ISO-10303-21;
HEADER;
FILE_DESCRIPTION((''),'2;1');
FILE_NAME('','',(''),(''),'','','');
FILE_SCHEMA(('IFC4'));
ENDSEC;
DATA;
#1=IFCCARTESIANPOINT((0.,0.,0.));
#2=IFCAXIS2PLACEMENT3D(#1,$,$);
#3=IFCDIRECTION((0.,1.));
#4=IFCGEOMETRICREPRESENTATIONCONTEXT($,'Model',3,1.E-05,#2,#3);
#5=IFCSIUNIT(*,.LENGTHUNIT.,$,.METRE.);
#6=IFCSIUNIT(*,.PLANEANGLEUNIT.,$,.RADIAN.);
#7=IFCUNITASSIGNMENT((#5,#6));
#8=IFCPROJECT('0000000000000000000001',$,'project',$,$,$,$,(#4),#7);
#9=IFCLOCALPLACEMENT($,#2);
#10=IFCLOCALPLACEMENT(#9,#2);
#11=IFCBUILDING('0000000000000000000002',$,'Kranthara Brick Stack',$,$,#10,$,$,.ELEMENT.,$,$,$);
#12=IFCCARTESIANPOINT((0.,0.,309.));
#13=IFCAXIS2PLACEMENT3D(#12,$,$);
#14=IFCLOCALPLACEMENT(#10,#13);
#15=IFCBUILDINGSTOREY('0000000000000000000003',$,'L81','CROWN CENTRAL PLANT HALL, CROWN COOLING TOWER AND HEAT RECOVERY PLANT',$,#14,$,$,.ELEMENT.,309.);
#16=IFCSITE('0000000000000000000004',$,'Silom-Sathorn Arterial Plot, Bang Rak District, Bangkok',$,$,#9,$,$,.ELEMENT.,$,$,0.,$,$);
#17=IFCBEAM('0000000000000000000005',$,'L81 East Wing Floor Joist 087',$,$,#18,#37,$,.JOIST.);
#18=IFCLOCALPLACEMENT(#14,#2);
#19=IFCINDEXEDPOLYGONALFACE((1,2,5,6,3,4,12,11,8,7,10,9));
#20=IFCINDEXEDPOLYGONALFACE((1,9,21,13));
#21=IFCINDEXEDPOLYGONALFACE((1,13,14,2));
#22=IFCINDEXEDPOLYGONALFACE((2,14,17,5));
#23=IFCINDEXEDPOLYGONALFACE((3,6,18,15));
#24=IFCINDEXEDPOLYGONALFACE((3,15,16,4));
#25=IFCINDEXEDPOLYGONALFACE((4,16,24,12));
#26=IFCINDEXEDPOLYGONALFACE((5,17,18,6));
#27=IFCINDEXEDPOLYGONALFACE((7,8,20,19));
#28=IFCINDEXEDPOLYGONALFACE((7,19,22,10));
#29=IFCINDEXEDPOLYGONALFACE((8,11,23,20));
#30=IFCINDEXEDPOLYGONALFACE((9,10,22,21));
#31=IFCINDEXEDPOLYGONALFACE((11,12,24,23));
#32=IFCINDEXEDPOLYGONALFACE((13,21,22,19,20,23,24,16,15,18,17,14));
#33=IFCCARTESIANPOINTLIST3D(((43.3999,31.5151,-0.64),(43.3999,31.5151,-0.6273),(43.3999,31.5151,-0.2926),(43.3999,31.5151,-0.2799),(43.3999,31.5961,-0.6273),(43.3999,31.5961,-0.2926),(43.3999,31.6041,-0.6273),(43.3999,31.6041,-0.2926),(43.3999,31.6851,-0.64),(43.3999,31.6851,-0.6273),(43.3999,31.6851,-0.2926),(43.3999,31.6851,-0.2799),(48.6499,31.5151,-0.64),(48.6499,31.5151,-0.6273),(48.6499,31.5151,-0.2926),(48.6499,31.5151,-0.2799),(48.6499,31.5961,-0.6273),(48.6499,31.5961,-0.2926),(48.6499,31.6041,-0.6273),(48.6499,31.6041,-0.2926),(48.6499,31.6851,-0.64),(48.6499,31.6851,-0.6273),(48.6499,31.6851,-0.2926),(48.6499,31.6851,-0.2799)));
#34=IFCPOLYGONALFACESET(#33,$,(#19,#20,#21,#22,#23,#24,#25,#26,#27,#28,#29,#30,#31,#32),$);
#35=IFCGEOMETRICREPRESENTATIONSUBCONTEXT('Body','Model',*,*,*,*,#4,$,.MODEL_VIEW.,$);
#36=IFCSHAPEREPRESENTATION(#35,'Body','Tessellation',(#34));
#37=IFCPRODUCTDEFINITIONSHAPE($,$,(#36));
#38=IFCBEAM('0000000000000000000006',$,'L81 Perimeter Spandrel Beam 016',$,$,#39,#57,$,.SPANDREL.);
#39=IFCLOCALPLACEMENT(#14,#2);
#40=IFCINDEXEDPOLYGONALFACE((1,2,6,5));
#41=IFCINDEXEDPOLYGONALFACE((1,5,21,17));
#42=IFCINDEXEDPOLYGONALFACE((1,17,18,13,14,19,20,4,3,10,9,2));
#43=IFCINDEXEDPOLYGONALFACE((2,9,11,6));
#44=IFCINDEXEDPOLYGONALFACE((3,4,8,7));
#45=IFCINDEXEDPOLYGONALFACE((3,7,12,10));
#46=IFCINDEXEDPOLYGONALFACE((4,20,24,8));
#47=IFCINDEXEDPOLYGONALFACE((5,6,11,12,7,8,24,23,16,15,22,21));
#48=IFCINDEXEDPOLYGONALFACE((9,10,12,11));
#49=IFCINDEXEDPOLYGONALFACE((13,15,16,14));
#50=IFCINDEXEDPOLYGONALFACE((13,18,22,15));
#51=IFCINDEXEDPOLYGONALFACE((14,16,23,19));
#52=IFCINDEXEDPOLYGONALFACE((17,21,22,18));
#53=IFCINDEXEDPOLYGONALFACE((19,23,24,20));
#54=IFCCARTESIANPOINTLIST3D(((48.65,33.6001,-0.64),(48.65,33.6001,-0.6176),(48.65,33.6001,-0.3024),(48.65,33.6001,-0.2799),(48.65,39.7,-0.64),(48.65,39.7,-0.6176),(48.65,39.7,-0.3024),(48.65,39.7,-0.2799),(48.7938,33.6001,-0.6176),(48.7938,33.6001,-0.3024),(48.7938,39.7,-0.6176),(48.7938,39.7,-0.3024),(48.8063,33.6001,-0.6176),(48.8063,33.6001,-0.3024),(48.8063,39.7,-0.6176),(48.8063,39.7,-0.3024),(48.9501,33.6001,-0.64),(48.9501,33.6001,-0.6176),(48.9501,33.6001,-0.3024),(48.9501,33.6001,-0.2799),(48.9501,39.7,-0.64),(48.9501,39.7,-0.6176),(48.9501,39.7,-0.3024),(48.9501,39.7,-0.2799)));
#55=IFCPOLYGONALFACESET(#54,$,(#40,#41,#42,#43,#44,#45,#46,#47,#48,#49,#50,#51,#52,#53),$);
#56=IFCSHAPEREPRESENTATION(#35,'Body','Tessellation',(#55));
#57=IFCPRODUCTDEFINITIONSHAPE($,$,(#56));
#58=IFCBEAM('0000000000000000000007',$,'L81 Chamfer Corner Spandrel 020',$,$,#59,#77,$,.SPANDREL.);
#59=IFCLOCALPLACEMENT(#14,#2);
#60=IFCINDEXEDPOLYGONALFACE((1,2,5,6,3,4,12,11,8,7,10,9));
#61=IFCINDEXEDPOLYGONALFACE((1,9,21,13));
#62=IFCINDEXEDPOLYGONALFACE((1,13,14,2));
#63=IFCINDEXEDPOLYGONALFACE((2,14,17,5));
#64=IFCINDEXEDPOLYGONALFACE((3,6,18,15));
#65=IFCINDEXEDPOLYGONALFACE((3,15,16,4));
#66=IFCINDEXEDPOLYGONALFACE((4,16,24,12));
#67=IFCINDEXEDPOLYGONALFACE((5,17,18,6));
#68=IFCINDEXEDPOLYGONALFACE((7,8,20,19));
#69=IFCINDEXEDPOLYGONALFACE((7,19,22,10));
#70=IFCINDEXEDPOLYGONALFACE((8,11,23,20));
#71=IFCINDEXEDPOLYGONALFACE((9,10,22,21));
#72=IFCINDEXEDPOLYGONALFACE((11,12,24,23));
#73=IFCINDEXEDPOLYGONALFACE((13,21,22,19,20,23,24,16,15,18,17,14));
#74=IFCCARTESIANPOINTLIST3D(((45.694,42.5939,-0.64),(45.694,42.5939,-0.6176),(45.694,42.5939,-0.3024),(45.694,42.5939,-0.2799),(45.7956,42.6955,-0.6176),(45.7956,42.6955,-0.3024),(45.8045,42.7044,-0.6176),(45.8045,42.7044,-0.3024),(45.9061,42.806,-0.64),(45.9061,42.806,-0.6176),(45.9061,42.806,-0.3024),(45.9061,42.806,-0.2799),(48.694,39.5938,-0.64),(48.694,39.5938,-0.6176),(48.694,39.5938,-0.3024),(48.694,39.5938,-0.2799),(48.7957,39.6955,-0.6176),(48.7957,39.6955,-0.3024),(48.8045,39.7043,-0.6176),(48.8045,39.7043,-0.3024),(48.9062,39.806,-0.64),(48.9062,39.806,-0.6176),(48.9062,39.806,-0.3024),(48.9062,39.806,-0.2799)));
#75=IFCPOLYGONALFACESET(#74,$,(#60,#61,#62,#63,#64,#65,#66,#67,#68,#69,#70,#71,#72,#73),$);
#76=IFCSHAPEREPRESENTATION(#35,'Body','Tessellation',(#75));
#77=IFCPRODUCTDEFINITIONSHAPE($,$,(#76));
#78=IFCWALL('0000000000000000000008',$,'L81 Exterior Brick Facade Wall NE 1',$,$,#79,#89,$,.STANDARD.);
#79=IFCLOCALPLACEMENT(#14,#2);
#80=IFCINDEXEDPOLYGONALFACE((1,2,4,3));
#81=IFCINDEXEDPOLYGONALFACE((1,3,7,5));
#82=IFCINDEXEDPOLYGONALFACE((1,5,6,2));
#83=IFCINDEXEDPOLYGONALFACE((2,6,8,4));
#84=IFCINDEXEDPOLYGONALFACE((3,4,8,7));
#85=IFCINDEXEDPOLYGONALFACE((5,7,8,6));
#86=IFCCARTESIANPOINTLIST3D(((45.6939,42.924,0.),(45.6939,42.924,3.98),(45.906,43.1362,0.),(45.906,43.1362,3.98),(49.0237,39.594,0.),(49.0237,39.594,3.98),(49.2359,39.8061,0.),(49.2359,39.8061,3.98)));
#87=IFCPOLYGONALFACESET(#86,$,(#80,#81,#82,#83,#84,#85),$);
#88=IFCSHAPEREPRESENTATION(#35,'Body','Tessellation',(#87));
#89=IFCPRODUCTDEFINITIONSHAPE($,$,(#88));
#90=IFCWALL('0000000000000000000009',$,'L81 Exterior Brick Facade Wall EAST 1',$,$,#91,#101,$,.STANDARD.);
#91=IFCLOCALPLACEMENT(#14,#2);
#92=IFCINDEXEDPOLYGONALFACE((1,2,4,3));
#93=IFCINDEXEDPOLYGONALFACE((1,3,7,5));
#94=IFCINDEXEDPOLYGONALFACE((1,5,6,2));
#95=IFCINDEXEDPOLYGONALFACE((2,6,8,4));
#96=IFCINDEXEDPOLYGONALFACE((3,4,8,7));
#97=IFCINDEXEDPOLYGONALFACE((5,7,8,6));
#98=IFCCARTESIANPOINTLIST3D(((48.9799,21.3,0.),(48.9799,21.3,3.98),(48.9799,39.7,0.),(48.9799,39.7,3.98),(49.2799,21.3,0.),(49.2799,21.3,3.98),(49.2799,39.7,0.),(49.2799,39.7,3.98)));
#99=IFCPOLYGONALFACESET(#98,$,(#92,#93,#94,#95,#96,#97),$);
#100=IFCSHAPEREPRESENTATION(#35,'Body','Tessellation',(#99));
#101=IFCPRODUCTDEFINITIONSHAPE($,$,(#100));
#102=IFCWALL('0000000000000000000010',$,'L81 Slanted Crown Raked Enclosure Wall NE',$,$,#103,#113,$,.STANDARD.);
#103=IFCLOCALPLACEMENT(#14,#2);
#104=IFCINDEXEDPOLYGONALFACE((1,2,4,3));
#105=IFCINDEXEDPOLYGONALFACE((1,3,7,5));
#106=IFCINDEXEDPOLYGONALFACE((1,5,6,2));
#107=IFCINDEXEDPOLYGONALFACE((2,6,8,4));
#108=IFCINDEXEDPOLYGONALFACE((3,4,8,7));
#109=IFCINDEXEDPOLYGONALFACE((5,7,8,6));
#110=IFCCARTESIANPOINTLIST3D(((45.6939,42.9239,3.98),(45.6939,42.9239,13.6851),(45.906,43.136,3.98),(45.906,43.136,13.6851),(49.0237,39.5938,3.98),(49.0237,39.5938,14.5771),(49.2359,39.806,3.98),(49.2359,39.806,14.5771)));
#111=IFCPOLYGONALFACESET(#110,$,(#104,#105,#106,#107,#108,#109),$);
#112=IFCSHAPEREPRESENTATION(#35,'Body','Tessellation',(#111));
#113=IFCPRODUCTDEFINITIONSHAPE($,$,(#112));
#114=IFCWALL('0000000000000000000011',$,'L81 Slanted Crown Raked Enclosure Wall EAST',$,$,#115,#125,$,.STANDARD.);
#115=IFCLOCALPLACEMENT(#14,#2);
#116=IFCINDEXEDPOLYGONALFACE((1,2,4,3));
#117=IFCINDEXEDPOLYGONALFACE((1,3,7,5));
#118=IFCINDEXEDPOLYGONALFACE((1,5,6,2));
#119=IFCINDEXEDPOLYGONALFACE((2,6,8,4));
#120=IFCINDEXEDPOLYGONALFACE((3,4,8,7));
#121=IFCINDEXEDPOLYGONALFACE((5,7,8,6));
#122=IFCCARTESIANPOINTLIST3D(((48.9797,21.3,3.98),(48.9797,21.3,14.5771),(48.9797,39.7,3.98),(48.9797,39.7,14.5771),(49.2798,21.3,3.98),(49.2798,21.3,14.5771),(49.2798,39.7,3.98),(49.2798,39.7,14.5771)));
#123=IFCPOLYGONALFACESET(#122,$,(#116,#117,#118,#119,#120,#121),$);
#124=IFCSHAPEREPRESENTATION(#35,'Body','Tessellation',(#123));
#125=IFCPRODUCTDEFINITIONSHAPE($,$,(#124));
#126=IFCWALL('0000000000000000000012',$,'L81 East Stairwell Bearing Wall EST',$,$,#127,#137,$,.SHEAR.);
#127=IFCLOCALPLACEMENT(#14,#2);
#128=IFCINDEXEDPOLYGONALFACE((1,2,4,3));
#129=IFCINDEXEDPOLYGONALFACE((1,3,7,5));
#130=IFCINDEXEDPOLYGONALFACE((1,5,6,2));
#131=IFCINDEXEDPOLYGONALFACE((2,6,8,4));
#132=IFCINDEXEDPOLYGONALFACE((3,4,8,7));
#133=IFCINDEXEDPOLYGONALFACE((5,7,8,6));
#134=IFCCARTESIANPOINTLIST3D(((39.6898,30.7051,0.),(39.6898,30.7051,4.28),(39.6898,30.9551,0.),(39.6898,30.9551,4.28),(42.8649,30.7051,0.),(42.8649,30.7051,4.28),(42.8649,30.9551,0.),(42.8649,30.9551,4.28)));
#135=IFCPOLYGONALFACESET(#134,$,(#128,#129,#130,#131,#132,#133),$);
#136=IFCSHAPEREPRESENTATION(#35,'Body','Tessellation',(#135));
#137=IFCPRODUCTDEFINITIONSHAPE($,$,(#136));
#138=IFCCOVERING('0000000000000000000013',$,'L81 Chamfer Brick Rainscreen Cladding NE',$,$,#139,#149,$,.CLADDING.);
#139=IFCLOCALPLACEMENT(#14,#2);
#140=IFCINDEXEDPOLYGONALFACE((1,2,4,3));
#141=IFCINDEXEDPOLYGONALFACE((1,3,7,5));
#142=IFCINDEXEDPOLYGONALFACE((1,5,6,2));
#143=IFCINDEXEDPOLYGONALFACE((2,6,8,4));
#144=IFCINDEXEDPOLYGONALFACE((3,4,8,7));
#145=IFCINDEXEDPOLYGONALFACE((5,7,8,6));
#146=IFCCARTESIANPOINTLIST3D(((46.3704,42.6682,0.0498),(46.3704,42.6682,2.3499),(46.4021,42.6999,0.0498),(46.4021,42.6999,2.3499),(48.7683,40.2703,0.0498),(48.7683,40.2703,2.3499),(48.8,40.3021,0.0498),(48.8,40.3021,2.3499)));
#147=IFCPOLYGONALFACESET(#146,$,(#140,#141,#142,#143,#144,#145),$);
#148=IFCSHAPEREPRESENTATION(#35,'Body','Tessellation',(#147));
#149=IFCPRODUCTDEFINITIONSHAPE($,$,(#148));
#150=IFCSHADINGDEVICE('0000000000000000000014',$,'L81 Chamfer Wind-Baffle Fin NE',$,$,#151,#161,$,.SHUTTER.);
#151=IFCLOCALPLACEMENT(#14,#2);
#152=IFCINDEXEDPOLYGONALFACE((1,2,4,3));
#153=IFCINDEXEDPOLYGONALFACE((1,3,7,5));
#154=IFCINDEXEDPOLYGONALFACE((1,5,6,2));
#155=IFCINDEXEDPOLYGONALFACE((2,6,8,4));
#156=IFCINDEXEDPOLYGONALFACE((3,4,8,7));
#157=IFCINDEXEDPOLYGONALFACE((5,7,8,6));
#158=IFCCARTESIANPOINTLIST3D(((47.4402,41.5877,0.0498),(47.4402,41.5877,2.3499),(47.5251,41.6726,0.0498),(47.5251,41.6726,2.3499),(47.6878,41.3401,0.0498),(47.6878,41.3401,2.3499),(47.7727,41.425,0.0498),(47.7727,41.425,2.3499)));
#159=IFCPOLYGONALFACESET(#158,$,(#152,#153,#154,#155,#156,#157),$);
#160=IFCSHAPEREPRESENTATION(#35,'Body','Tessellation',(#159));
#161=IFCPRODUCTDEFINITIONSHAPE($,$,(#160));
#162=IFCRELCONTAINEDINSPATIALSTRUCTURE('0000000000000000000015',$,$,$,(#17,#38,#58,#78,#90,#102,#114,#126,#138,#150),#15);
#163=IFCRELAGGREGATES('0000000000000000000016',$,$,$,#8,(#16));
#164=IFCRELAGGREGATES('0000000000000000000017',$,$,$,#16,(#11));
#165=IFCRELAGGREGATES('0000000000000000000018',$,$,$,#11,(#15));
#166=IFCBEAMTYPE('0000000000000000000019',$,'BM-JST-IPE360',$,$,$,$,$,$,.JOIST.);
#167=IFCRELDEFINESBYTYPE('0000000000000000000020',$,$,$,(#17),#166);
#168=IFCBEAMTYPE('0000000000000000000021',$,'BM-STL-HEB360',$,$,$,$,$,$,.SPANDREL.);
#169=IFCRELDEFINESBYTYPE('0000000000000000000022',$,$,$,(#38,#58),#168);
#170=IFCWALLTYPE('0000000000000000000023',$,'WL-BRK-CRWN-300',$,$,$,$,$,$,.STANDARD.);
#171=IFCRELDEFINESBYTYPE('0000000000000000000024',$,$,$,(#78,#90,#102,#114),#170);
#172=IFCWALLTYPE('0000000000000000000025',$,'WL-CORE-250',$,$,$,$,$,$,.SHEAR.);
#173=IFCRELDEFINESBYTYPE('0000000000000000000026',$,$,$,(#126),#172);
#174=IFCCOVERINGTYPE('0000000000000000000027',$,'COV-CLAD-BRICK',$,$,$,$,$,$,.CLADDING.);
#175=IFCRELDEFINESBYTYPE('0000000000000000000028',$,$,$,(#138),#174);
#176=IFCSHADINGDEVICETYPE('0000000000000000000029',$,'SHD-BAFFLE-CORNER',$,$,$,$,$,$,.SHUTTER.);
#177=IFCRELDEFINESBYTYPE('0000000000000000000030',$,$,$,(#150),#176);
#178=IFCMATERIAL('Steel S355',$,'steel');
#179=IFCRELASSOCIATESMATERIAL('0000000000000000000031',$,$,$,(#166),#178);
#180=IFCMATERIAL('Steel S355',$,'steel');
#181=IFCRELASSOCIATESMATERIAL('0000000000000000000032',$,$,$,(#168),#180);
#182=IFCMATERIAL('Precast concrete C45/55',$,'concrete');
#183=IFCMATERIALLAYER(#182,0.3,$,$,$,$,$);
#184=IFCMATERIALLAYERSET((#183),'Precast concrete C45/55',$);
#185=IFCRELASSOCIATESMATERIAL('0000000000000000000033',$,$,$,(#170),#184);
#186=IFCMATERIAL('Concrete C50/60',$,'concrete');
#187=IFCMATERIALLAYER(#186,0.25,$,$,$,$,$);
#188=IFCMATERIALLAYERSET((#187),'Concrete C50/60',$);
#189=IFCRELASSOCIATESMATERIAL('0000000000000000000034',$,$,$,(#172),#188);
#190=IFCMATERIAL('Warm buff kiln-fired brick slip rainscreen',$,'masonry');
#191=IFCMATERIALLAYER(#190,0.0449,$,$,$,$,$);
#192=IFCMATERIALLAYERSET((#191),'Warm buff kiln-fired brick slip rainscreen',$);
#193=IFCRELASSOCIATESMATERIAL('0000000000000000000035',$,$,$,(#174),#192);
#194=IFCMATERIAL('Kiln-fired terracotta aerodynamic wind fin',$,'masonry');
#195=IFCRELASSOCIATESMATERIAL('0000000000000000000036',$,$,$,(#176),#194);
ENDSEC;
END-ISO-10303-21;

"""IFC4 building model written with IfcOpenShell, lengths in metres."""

from ifc_helpers import new_model, si_unit, direction, frame, frame_2d, origin, origin_2d, place, context, subcontext, project, spatial, polyline, rectangle, i_section, outline, extrude, material, layer, layer_set, material_profile, profile_set, type_object, element, save


model = new_model("IFC4")

# Units and contexts
model_context = context("Model", 3, precision=1e-05, world=origin(), true_north=direction((0.0, 1.0)))
body_context = subcontext(model_context, "Body", "Model", "MODEL_VIEW")
ifc_project = project(units=[si_unit("LENGTHUNIT", "METRE"), si_unit("PLANEANGLEUNIT", "RADIAN")], contexts=[model_context])

# Site, building, storey
site_placement = place(None, origin())
site = spatial("IfcSite", under=ifc_project, at=site_placement, Name="Silom-Sathorn Arterial Plot, Bang Rak District, Bangkok", CompositionType="ELEMENT", RefElevation=0.0)
building_placement = place(site_placement, origin())
building = spatial("IfcBuilding", under=site, at=building_placement, Name="Kranthara Brick Stack", CompositionType="ELEMENT")
storey_placement = place(building_placement, frame((0.0, 0.0, 309.0)))
storey = spatial("IfcBuildingStorey", under=building, at=storey_placement, Name="L81", Description="CROWN CENTRAL PLANT HALL, CROWN COOLING TOWER AND HEAT RECOVERY PLANT", CompositionType="ELEMENT", Elevation=309.0)

# Beams
ifc_material_1 = material(Name="Steel S355", Category="steel")
ifc_material_profile_1 = material_profile(ifc_material_1, i_section(OverallWidth=0.1699, OverallDepth=0.3601, WebThickness=0.0081, FlangeThickness=0.0127, at=origin_2d()), Name="IPE 360")
ifc_profile_set_1 = profile_set([ifc_material_profile_1], Name="Steel S355")
beam_type_1 = type_object("IfcBeamType", Name="BM-JST-IPE360", PredefinedType="JOIST", material=ifc_profile_set_1)
for number, where, z_axis, x_axis, name in (
    (1, (43.3999, 31.6001, -0.46), (1.0, 0.0, 0.0), (0.0, 1.0, 0.0), "L81 East Wing Floor Joist 087"),
):
    element("IfcBeam", number, at=place(storey_placement, frame(where, z_axis=z_axis, x_axis=x_axis)), inside=storey, type_object=beam_type_1, Name=name, PredefinedType="JOIST", context=body_context, shape_type="SweptSolid", body=[
        extrude(i_section(OverallWidth=0.1699, OverallDepth=0.3601, WebThickness=0.0081, FlangeThickness=0.0127, at=origin_2d()), origin(), (0.0, 0.0, 1.0), 5.25),
    ])
ifc_material_2 = material(Name="Steel S355", Category="steel")
ifc_material_profile_2 = material_profile(ifc_material_2, i_section(OverallWidth=0.3, OverallDepth=0.3601, WebThickness=0.0125, FlangeThickness=0.0225, at=origin_2d()), Name="HEB 360")
ifc_profile_set_2 = profile_set([ifc_material_profile_2], Name="Steel S355")
beam_type_2 = type_object("IfcBeamType", Name="BM-STL-HEB360", PredefinedType="SPANDREL", material=ifc_profile_set_2)
beam_1_placement = place(storey_placement, frame((48.8, 33.6001, -0.46), z_axis=(0.0, 1.0, 0.0), x_axis=(-1.0, 0.0, 0.0)))
element("IfcBeam", 2, at=beam_1_placement, inside=storey, type_object=beam_type_2, Name="L81 Perimeter Spandrel Beam 016", PredefinedType="SPANDREL", context=body_context, shape_type="SweptSolid", body=[
    extrude(i_section(OverallWidth=0.3, OverallDepth=0.3601, WebThickness=0.0125, FlangeThickness=0.0225, at=origin_2d()), origin(), (0.0, 0.0, 1.0), 6.0999),
])
beam_2_placement = place(storey_placement, frame((45.8, 42.7, -0.46), z_axis=(0.707107, -0.707107, 0.0), x_axis=(0.707107, 0.707107, 0.0)))
element("IfcBeam", 3, at=beam_2_placement, inside=storey, type_object=beam_type_2, Name="L81 Chamfer Corner Spandrel 020", PredefinedType="SPANDREL", context=body_context, shape_type="SweptSolid", body=[
    extrude(i_section(OverallWidth=0.3, OverallDepth=0.3601, WebThickness=0.0125, FlangeThickness=0.0225, at=origin_2d()), origin(), (0.0, 0.0, 1.0), 4.2427),
])

# Walls
ifc_material_3 = material(Name="Precast concrete C45/55", Category="concrete")
ifc_layer_1 = layer(ifc_material_3, 0.3)
ifc_layer_set_1 = layer_set([ifc_layer_1], Name="Precast concrete C45/55")
wall_type_1 = type_object("IfcWallType", Name="WL-BRK-CRWN-300", PredefinedType="STANDARD", material=ifc_layer_set_1)
wall_1_placement = place(storey_placement, frame((45.8, 43.03, 0.0), z_axis=(0.0, 0.0, 1.0), x_axis=(0.707081, -0.707133, 0.0)))
element("IfcWall", 4, at=wall_1_placement, inside=storey, type_object=wall_type_1, Name="L81 Exterior Brick Facade Wall NE 1", PredefinedType="STANDARD", context=body_context, shape_type="SweptSolid", body=[
    extrude(rectangle(XDim=4.7092, YDim=0.3, at=frame_2d((2.3545, 0.0))), origin(), (0.0, 0.0, 1.0), 3.98),
])
wall_2_placement = place(storey_placement, frame((49.1299, 39.7, 0.0), z_axis=(0.0, 0.0, 1.0), x_axis=(0.0, -1.0, 0.0)))
element("IfcWall", 5, at=wall_2_placement, inside=storey, type_object=wall_type_1, Name="L81 Exterior Brick Facade Wall EAST 1", PredefinedType="STANDARD", context=body_context, shape_type="SweptSolid", body=[
    extrude(rectangle(XDim=18.3999, YDim=0.3, at=frame_2d((9.2, 0.0))), origin(), (0.0, 0.0, 1.0), 3.98),
])
wall_3_placement = place(storey_placement, frame((45.8, 43.03, 3.98), z_axis=(0.0, 0.0, 1.0), x_axis=(0.707081, -0.707133, 0.0)))
element("IfcWall", 6, at=wall_3_placement, inside=storey, type_object=wall_type_1, Name="L81 Slanted Crown Raked Enclosure Wall NE", PredefinedType="STANDARD", context=body_context, shape_type="SweptSolid", body=[
    extrude(outline(polyline([(0.0, 0.0), (4.7092, 0.0), (4.7092, 10.5972), (0.0, 9.7051), (0.0, 0.0)])), frame((0.0, 0.1499, 0.0), z_axis=(0.0, -1.0, 0.0), x_axis=(1.0, 0.0, 0.0)), (0.0, 0.0, 1.0), 0.3),
])
wall_4_placement = place(storey_placement, frame((49.1299, 39.7, 3.98), z_axis=(0.0, 0.0, 1.0), x_axis=(0.0, -1.0, 0.0)))
element("IfcWall", 7, at=wall_4_placement, inside=storey, type_object=wall_type_1, Name="L81 Slanted Crown Raked Enclosure Wall EAST", PredefinedType="STANDARD", context=body_context, shape_type="SweptSolid", body=[
    extrude(outline(polyline([(0.0, 0.0), (18.3999, 0.0), (18.3999, 10.5972), (0.0, 10.5972), (0.0, 0.0)])), frame((0.0, 0.1499, 0.0), z_axis=(0.0, -1.0, 0.0), x_axis=(1.0, 0.0, 0.0)), (0.0, 0.0, 1.0), 0.3),
])
ifc_material_4 = material(Name="Concrete C50/60", Category="concrete")
ifc_layer_2 = layer(ifc_material_4, 0.25)
ifc_layer_set_2 = layer_set([ifc_layer_2], Name="Concrete C50/60")
wall_type_2 = type_object("IfcWallType", Name="WL-CORE-250", PredefinedType="SHEAR", material=ifc_layer_set_2)
wall_5_placement = place(storey_placement, frame((39.6899, 30.8301, 0.0), z_axis=(0.0, 0.0, 1.0), x_axis=(1.0, 0.0, 0.0)))
element("IfcWall", 8, at=wall_5_placement, inside=storey, type_object=wall_type_2, Name="L81 East Stairwell Bearing Wall EST", PredefinedType="SHEAR", context=body_context, shape_type="SweptSolid", body=[
    extrude(rectangle(XDim=3.175, YDim=0.25, at=frame_2d((1.5874, 0.0))), origin(), (0.0, 0.0, 1.0), 4.28),
])

# Covering
ifc_material_5 = material(Name="Warm buff kiln-fired brick slip rainscreen", Category="masonry")
ifc_layer_3 = layer(ifc_material_5, 0.0449)
ifc_layer_set_3 = layer_set([ifc_layer_3], Name="Warm buff kiln-fired brick slip rainscreen")
covering_type = type_object("IfcCoveringType", Name="COV-CLAD-BRICK", PredefinedType="CLADDING", material=ifc_layer_set_3)
covering_placement = place(storey_placement, frame((47.5852, 41.4851, 0.0498), z_axis=(0.0, 0.0, 1.0), x_axis=(0.707107, -0.707107, 0.0)))
element("IfcCovering", 9, at=covering_placement, inside=storey, type_object=covering_type, Name="L81 Chamfer Brick Rainscreen Cladding NE", PredefinedType="CLADDING", context=body_context, shape_type="SweptSolid", body=[
    extrude(rectangle(XDim=3.3911, YDim=0.0449, at=origin_2d()), origin(), (0.0, 0.0, 1.0), 2.3),
])

# Shading device
ifc_material_6 = material(Name="Kiln-fired terracotta aerodynamic wind fin", Category="masonry")
shading_device_type = type_object("IfcShadingDeviceType", Name="SHD-BAFFLE-CORNER", PredefinedType="SHUTTER", material=ifc_material_6)
shading_device_placement = place(storey_placement, frame((47.6064, 41.5063, 0.0498), z_axis=(0.0, 0.0, 1.0), x_axis=(0.707107, -0.707107, 0.0)))
element("IfcShadingDevice", 10, at=shading_device_placement, inside=storey, type_object=shading_device_type, Name="L81 Chamfer Wind-Baffle Fin NE", PredefinedType="SHUTTER", context=body_context, shape_type="SweptSolid", body=[
    extrude(rectangle(XDim=0.3501, YDim=0.1201, at=origin_2d()), origin(), (0.0, 0.0, 1.0), 2.3),
])

save(model, "model.ifc")
